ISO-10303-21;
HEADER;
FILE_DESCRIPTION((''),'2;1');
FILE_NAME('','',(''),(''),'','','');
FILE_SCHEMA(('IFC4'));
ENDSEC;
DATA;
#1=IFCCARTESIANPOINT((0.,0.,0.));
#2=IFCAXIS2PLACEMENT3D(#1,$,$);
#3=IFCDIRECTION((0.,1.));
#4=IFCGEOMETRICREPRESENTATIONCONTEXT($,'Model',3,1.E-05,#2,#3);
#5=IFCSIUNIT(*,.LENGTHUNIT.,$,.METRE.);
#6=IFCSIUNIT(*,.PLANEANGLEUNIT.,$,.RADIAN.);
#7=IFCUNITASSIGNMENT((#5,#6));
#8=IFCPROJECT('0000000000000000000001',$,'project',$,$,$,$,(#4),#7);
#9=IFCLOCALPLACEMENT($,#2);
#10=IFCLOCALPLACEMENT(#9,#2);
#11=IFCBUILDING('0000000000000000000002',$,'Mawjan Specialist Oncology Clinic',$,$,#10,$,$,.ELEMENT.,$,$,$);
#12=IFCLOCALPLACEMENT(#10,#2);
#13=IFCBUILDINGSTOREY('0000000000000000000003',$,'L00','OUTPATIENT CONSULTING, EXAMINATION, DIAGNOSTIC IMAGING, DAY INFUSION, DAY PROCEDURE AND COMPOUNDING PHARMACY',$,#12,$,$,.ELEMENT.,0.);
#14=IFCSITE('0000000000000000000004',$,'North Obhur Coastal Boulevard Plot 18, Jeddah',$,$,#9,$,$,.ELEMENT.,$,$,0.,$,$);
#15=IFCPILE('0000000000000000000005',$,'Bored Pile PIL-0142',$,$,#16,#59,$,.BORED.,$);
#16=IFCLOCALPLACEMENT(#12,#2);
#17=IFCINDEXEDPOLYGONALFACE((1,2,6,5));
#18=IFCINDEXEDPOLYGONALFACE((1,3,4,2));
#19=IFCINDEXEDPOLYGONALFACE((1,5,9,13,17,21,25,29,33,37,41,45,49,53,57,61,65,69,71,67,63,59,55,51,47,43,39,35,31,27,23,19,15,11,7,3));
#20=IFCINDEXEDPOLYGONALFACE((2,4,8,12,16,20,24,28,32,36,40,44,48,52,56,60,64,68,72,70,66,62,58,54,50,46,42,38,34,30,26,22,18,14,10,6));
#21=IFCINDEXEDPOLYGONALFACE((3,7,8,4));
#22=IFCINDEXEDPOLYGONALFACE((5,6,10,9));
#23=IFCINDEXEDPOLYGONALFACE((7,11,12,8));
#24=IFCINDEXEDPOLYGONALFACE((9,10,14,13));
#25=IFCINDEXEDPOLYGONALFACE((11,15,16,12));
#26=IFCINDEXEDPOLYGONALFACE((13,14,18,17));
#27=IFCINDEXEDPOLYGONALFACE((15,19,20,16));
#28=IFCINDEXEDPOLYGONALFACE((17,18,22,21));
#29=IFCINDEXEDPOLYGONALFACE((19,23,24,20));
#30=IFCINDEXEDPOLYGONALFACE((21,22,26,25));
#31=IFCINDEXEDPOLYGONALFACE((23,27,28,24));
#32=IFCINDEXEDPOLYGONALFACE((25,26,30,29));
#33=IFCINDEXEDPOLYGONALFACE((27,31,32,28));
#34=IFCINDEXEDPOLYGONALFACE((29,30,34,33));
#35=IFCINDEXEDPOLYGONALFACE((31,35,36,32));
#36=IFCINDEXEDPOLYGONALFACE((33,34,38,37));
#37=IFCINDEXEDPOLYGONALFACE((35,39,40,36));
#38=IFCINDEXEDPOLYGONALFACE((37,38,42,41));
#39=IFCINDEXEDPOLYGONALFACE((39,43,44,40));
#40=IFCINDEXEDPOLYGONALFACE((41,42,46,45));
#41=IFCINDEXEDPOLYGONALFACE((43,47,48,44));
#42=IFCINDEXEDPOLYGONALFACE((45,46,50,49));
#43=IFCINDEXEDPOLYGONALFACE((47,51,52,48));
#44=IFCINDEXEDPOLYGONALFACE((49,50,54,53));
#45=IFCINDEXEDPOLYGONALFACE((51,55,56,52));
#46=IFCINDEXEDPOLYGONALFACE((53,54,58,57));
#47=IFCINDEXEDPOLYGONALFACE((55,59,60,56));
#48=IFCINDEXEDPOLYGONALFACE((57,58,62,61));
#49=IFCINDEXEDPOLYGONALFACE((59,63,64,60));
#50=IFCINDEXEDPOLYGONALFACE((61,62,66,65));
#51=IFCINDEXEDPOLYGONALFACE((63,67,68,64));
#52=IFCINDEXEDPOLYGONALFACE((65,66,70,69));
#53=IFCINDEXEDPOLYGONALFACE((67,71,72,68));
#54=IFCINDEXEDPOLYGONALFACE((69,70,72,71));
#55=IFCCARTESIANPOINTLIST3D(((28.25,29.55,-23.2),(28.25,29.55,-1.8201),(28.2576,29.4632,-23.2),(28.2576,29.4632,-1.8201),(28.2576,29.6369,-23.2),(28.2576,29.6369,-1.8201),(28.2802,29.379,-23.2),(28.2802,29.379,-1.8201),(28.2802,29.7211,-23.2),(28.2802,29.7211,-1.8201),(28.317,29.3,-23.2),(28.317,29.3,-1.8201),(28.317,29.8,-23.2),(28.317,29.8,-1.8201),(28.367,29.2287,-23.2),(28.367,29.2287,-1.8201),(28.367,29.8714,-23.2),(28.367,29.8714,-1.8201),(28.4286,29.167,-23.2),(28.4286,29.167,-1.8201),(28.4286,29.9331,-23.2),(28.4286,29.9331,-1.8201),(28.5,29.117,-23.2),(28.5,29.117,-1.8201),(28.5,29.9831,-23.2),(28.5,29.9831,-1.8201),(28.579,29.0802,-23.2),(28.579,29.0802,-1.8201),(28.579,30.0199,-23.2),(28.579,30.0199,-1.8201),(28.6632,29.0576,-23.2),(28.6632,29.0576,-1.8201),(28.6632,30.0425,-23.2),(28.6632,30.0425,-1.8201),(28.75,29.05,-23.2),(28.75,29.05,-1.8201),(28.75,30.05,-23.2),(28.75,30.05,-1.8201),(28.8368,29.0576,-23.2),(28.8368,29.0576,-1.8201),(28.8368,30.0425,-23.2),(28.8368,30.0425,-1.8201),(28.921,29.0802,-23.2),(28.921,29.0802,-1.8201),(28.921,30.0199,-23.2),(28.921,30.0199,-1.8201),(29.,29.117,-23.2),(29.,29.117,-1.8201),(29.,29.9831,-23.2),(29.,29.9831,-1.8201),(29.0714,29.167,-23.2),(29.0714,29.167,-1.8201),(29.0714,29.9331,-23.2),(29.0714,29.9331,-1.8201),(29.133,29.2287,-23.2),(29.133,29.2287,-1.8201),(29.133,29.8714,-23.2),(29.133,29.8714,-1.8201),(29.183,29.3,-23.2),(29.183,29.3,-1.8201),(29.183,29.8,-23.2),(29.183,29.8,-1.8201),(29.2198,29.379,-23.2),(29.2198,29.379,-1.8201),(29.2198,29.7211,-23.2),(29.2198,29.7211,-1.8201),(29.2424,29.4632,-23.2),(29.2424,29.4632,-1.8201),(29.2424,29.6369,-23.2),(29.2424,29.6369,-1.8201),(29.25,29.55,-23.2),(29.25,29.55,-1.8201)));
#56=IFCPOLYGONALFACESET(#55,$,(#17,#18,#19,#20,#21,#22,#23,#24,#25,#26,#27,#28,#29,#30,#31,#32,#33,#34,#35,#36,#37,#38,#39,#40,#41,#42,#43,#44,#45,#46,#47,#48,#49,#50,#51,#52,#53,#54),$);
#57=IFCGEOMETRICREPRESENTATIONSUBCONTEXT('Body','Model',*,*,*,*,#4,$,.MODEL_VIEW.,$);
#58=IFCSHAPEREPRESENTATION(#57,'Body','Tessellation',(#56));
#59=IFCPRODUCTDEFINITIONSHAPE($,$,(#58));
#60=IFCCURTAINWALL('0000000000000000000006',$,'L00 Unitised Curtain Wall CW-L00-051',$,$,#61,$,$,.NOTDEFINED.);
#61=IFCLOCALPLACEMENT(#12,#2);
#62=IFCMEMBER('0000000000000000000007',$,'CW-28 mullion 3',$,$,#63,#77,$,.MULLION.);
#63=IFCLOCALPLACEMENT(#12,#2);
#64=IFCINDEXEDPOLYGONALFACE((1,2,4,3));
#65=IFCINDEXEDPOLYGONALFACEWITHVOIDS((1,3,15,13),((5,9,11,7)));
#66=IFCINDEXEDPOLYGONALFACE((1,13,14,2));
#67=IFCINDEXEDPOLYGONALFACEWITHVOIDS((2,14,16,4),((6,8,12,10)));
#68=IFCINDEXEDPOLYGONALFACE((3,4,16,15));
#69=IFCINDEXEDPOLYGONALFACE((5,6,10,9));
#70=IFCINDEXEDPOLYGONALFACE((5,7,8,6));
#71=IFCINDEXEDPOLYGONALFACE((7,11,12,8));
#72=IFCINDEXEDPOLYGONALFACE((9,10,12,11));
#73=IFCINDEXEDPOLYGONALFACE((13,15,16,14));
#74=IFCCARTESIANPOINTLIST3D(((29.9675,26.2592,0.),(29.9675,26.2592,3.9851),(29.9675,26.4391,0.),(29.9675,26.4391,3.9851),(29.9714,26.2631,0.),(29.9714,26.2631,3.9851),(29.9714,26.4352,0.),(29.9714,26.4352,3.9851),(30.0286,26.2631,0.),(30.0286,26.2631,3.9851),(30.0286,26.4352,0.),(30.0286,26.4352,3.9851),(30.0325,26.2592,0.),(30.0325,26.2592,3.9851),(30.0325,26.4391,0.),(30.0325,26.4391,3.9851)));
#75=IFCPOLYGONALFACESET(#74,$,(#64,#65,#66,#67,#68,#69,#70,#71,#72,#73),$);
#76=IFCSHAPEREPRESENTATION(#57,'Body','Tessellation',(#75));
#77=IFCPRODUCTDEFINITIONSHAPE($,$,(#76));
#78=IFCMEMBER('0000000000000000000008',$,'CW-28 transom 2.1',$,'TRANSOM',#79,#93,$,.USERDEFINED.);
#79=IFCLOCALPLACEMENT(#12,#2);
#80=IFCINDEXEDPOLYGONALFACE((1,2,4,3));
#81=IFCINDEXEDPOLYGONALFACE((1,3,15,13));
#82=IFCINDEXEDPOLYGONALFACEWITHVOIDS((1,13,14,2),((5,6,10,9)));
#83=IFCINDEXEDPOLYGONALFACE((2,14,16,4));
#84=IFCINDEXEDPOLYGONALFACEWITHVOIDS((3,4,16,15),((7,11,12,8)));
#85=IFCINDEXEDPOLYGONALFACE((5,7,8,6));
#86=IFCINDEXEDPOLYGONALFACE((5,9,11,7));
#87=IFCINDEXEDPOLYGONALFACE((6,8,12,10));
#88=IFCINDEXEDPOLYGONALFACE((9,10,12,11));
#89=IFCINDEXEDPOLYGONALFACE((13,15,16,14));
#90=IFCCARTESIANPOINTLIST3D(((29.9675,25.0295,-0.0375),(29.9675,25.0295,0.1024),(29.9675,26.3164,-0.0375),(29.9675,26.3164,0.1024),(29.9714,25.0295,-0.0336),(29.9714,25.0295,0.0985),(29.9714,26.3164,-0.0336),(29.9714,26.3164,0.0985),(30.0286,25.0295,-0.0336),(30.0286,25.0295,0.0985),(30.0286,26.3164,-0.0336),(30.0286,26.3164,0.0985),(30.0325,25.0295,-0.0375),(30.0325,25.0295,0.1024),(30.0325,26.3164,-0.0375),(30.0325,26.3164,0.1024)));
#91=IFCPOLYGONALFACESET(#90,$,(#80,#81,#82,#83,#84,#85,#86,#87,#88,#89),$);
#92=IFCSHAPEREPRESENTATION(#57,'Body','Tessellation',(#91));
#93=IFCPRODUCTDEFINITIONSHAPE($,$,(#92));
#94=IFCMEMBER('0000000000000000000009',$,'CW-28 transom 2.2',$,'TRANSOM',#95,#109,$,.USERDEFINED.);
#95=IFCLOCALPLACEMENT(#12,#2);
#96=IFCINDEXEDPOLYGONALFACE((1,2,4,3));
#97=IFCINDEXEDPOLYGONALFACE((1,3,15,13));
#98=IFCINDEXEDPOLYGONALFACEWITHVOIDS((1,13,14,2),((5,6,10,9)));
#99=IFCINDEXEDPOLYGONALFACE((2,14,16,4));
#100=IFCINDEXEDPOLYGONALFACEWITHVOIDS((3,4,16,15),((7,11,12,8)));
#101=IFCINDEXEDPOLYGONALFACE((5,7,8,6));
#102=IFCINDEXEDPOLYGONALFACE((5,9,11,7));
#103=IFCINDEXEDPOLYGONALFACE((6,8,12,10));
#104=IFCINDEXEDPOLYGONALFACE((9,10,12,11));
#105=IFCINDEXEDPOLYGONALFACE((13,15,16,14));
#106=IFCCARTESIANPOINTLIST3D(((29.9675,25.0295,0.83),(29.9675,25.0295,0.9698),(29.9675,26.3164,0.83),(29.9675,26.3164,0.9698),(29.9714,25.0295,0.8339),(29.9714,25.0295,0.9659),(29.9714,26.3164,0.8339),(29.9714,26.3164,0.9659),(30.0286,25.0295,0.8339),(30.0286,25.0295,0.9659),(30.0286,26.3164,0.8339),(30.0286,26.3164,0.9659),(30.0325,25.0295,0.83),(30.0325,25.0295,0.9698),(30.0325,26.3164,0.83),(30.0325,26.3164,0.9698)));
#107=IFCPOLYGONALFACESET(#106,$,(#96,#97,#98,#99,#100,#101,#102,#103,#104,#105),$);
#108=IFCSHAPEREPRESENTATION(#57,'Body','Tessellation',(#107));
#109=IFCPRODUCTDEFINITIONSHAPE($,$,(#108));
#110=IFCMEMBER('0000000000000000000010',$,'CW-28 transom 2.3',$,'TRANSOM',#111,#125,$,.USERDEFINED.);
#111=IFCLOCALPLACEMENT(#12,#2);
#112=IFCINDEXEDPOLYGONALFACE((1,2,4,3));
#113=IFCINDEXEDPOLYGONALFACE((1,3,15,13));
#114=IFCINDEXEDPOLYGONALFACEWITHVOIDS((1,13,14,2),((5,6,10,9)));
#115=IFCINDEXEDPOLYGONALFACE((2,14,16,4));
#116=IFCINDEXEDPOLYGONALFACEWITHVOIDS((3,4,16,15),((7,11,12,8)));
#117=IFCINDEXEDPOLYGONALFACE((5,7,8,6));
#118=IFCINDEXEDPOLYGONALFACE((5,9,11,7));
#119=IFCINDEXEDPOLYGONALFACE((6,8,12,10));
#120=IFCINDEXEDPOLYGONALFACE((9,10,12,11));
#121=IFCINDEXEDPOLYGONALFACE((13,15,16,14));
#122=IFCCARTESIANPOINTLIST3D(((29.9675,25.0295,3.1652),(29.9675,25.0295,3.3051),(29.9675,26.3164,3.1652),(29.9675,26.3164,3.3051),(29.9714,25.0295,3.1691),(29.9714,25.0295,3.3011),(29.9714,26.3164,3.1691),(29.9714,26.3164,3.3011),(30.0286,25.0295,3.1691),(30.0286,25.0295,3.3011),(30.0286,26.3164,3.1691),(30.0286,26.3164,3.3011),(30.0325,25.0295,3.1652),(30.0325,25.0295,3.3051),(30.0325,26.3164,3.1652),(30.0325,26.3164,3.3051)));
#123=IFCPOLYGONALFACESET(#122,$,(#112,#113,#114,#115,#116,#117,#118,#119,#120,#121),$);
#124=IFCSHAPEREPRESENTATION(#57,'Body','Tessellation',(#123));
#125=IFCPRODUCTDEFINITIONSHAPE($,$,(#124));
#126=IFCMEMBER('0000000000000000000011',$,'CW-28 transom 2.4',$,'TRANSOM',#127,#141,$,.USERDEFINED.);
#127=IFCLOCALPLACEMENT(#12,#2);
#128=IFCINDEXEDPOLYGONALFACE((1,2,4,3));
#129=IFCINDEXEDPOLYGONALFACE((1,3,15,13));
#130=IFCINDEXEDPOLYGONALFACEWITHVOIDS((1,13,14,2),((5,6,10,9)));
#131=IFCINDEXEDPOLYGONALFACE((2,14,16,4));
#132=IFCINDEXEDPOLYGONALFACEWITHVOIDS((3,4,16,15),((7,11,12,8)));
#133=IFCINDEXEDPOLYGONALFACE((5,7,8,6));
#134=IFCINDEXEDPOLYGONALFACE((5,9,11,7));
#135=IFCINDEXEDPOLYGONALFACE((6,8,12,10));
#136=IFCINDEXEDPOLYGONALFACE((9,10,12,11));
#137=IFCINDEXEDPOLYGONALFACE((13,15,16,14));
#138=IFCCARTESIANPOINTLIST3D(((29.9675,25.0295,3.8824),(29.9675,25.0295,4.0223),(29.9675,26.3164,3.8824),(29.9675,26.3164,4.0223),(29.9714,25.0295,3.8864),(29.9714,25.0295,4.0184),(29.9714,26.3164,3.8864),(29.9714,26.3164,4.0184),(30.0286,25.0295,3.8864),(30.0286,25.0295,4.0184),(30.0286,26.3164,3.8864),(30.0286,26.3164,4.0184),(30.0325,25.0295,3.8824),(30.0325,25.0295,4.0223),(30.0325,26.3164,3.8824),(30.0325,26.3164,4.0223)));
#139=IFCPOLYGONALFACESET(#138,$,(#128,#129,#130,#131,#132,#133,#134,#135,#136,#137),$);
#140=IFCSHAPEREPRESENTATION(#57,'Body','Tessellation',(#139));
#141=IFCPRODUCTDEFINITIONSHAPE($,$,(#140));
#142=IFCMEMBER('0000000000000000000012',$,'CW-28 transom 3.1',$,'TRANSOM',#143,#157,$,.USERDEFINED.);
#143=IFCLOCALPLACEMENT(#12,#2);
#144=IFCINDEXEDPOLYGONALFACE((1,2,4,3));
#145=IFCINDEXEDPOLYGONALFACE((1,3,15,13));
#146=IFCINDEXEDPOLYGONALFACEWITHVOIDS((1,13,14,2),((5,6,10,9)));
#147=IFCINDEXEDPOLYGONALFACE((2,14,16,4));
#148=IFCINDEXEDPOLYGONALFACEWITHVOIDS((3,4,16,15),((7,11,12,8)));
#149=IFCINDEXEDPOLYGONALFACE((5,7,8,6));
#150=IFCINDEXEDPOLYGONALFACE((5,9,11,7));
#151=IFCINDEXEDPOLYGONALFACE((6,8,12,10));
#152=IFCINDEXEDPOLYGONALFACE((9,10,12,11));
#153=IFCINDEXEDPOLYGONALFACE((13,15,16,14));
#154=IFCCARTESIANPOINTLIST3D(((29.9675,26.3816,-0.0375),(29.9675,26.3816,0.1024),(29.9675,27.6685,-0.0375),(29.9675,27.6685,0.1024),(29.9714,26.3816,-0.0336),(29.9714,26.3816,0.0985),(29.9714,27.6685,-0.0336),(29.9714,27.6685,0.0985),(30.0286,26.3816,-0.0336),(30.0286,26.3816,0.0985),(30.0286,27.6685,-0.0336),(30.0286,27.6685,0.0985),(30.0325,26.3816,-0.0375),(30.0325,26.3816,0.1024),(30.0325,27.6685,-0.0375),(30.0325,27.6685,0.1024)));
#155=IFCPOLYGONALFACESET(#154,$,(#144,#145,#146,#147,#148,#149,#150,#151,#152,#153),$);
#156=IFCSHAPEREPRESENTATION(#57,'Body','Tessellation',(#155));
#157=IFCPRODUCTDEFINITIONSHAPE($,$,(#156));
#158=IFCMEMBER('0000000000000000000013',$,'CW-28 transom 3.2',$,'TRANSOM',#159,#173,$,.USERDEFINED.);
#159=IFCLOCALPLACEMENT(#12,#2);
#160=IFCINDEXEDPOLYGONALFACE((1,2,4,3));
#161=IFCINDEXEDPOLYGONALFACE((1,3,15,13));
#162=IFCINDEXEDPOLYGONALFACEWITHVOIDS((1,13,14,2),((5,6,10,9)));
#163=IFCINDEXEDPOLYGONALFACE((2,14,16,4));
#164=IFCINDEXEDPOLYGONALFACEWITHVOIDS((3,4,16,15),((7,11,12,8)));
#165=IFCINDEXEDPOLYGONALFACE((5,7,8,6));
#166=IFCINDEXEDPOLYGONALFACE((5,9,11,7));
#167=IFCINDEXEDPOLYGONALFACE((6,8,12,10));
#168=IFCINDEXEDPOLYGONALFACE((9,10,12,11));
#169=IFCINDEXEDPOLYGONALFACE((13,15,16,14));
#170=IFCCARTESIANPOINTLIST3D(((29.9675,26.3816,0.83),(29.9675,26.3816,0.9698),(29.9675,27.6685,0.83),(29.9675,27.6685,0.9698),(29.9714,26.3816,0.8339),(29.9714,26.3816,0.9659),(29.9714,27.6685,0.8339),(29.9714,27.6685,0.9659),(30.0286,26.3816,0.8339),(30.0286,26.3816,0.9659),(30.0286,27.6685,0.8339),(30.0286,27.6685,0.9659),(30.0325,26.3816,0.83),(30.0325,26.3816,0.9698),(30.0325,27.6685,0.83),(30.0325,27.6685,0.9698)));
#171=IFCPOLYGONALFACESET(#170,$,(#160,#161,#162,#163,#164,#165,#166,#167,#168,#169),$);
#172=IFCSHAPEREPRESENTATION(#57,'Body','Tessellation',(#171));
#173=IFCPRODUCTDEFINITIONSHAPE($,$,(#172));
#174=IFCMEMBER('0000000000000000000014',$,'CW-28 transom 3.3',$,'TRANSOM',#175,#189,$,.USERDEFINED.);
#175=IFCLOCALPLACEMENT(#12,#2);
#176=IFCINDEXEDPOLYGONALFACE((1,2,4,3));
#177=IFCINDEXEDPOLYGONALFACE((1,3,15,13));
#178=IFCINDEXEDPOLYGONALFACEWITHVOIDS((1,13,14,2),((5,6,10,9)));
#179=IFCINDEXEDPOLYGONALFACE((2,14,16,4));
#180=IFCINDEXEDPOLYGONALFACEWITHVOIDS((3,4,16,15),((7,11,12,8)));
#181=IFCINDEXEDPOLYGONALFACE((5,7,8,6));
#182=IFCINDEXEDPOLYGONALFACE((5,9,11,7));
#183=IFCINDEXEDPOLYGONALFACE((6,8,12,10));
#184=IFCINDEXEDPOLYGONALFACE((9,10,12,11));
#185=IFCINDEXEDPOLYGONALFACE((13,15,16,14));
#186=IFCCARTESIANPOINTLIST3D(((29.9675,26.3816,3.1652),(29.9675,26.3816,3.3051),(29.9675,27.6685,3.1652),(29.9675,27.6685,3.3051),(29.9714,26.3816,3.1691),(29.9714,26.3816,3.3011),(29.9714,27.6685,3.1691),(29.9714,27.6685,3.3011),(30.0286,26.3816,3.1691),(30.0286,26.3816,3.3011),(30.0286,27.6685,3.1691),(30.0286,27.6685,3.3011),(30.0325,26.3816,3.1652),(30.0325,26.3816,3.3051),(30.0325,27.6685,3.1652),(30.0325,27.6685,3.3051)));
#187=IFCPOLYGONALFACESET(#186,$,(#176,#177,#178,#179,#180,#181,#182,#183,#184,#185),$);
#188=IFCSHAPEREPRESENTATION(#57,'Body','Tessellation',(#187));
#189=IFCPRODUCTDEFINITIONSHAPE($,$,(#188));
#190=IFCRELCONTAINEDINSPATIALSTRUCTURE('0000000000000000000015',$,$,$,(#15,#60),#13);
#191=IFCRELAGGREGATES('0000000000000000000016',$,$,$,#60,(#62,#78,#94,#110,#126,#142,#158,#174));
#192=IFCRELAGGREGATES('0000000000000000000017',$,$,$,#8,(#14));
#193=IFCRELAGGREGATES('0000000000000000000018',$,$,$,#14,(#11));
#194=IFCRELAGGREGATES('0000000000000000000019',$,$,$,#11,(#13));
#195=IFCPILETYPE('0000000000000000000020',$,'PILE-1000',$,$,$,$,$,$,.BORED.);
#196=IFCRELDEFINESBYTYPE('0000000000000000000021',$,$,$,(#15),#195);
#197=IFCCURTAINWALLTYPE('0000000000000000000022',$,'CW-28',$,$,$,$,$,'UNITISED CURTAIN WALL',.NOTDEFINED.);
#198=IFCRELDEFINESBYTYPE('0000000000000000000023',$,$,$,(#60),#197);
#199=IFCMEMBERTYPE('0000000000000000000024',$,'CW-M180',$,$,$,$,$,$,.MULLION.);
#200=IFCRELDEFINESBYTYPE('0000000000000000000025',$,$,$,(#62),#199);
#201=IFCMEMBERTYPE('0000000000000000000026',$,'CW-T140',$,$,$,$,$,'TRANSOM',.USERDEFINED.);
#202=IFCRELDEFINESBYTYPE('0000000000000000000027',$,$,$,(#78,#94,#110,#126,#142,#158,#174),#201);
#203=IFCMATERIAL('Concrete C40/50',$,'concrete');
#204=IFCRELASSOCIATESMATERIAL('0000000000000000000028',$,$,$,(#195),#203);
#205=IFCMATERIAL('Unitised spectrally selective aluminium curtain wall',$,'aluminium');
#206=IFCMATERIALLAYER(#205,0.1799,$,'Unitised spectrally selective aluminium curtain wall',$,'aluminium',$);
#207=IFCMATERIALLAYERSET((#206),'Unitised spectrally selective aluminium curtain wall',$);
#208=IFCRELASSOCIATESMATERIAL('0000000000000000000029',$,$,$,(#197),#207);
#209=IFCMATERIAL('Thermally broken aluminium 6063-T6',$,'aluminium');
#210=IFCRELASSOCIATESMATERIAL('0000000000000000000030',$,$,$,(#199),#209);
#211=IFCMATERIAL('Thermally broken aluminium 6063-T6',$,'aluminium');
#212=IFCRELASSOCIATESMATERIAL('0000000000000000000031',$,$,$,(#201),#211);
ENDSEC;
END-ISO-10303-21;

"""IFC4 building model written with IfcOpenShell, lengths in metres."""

from ifc_helpers import new_model, si_unit, direction, frame, origin, origin_2d, place, context, subcontext, project, spatial, hollow_rectangle, circle, extrude, material, layer, layer_set, material_profile, profile_set, type_object, element, aggregate, save


model = new_model("IFC4")

# Units and contexts
model_context = context("Model", 3, precision=1e-05, world=origin(), true_north=direction((0.0, 1.0)))
body_context = subcontext(model_context, "Body", "Model", "MODEL_VIEW")
ifc_project = project(units=[si_unit("LENGTHUNIT", "METRE"), si_unit("PLANEANGLEUNIT", "RADIAN")], contexts=[model_context])

# Site, building, storey
site_placement = place(None, origin())
site = spatial("IfcSite", under=ifc_project, at=site_placement, Name="North Obhur Coastal Boulevard Plot 18, Jeddah", CompositionType="ELEMENT", RefElevation=0.0)
building_placement = place(site_placement, origin())
building = spatial("IfcBuilding", under=site, at=building_placement, Name="Mawjan Specialist Oncology Clinic", CompositionType="ELEMENT")
storey_placement = place(building_placement, origin())
storey = spatial("IfcBuildingStorey", under=building, at=storey_placement, Name="L00", Description="OUTPATIENT CONSULTING, EXAMINATION, DIAGNOSTIC IMAGING, DAY INFUSION, DAY PROCEDURE AND COMPOUNDING PHARMACY", CompositionType="ELEMENT", Elevation=0.0)

# Pile
ifc_material_1 = material(Name="Concrete C40/50", Category="concrete")
ifc_material_profile_1 = material_profile(ifc_material_1, circle(Radius=0.5, at=origin_2d()), Name="BORED PILE D1000", Category="concrete")
ifc_profile_set_1 = profile_set([ifc_material_profile_1], Name="Concrete C40/50")
pile_type = type_object("IfcPileType", Name="PILE-1000", PredefinedType="BORED", material=ifc_profile_set_1)
pile_placement = place(storey_placement, frame((28.75, 29.55, -1.8201), z_axis=(0.0, 0.0, -1.0), x_axis=(1.0, 0.0, 0.0)))
element("IfcPile", 1, at=pile_placement, inside=storey, type_object=pile_type, Name="Bored Pile PIL-0142", PredefinedType="BORED", context=body_context, shape_type="SweptSolid", body=[
    extrude(circle(Radius=0.5, at=origin_2d()), origin(), (0.0, 0.0, 1.0), 21.3799),
])

# Curtain wall, members
ifc_material_2 = material(Name="Unitised spectrally selective aluminium curtain wall", Category="aluminium")
ifc_layer_1 = layer(ifc_material_2, 0.1799, Name="Unitised spectrally selective aluminium curtain wall", Category="aluminium")
ifc_layer_set_1 = layer_set([ifc_layer_1], Name="Unitised spectrally selective aluminium curtain wall")
curtain_wall_type_1 = type_object("IfcCurtainWallType", Name="CW-28", ElementType="UNITISED CURTAIN WALL", PredefinedType="NOTDEFINED", material=ifc_layer_set_1)
curtain_wall_1_placement = place(storey_placement, origin())
curtain_wall_1 = element("IfcCurtainWall", 2, at=curtain_wall_1_placement, inside=storey, type_object=curtain_wall_type_1, Name="L00 Unitised Curtain Wall CW-L00-051", PredefinedType="NOTDEFINED")
ifc_material_3 = material(Name="Thermally broken aluminium 6063-T6", Category="aluminium")
ifc_material_profile_2 = material_profile(ifc_material_3, hollow_rectangle(XDim=0.0649, YDim=0.1799, WallThickness=0.0039, at=origin_2d()), Name="ALU MULLION 180x65x4", Category="aluminium")
ifc_profile_set_2 = profile_set([ifc_material_profile_2], Name="Thermally broken aluminium 6063-T6")
member_type_1 = type_object("IfcMemberType", Name="CW-M180", PredefinedType="MULLION", material=ifc_profile_set_2)
member_1_placement = place(storey_placement, frame((30.0, 26.3491, 0.0), z_axis=(0.0, 0.0, 1.0), x_axis=(-1.0, 0.0, 0.0)))
member_1 = element("IfcMember", 3, at=member_1_placement, type_object=member_type_1, Name="CW-28 mullion 3", PredefinedType="MULLION", context=body_context, shape_type="SweptSolid", body=[
    extrude(hollow_rectangle(XDim=0.0649, YDim=0.1799, WallThickness=0.0039, at=origin_2d()), origin(), (0.0, 0.0, 1.0), 3.9851),
])
ifc_material_4 = material(Name="Thermally broken aluminium 6063-T6", Category="aluminium")
ifc_material_profile_3 = material_profile(ifc_material_4, hollow_rectangle(XDim=0.0649, YDim=0.1399, WallThickness=0.0039, at=origin_2d()), Name="ALU TRANSOM 140x65x4", Category="aluminium")
ifc_profile_set_3 = profile_set([ifc_material_profile_3], Name="Thermally broken aluminium 6063-T6")
member_type_2 = type_object("IfcMemberType", Name="CW-T140", ElementType="TRANSOM", PredefinedType="USERDEFINED", material=ifc_profile_set_3)
member_2_placement = place(storey_placement, frame((30.0, 25.0295, 0.0325), z_axis=(0.0, 1.0, 0.0), x_axis=(-1.0, 0.0, 0.0)))
member_2 = element("IfcMember", 4, at=member_2_placement, type_object=member_type_2, Name="CW-28 transom 2.1", ObjectType="TRANSOM", PredefinedType="USERDEFINED", context=body_context, shape_type="SweptSolid", body=[
    extrude(hollow_rectangle(XDim=0.0649, YDim=0.1399, WallThickness=0.0039, at=origin_2d()), origin(), (0.0, 0.0, 1.0), 1.2869),
])
member_3_placement = place(storey_placement, frame((30.0, 25.0295, 0.8999), z_axis=(0.0, 1.0, 0.0), x_axis=(-1.0, 0.0, 0.0)))
member_3 = element("IfcMember", 5, at=member_3_placement, type_object=member_type_2, Name="CW-28 transom 2.2", ObjectType="TRANSOM", PredefinedType="USERDEFINED", context=body_context, shape_type="SweptSolid", body=[
    extrude(hollow_rectangle(XDim=0.0649, YDim=0.1399, WallThickness=0.0039, at=origin_2d()), origin(), (0.0, 0.0, 1.0), 1.2869),
])
member_4_placement = place(storey_placement, frame((30.0, 25.0295, 3.2351), z_axis=(0.0, 1.0, 0.0), x_axis=(-1.0, 0.0, 0.0)))
member_4 = element("IfcMember", 6, at=member_4_placement, type_object=member_type_2, Name="CW-28 transom 2.3", ObjectType="TRANSOM", PredefinedType="USERDEFINED", context=body_context, shape_type="SweptSolid", body=[
    extrude(hollow_rectangle(XDim=0.0649, YDim=0.1399, WallThickness=0.0039, at=origin_2d()), origin(), (0.0, 0.0, 1.0), 1.2869),
])
member_5_placement = place(storey_placement, frame((30.0, 25.0295, 3.9524), z_axis=(0.0, 1.0, 0.0), x_axis=(-1.0, 0.0, 0.0)))
member_5 = element("IfcMember", 7, at=member_5_placement, type_object=member_type_2, Name="CW-28 transom 2.4", ObjectType="TRANSOM", PredefinedType="USERDEFINED", context=body_context, shape_type="SweptSolid", body=[
    extrude(hollow_rectangle(XDim=0.0649, YDim=0.1399, WallThickness=0.0039, at=origin_2d()), origin(), (0.0, 0.0, 1.0), 1.2869),
])
member_6_placement = place(storey_placement, frame((30.0, 26.3816, 0.0325), z_axis=(0.0, 1.0, 0.0), x_axis=(-1.0, 0.0, 0.0)))
member_6 = element("IfcMember", 8, at=member_6_placement, type_object=member_type_2, Name="CW-28 transom 3.1", ObjectType="TRANSOM", PredefinedType="USERDEFINED", context=body_context, shape_type="SweptSolid", body=[
    extrude(hollow_rectangle(XDim=0.0649, YDim=0.1399, WallThickness=0.0039, at=origin_2d()), origin(), (0.0, 0.0, 1.0), 1.2869),
])
member_7_placement = place(storey_placement, frame((30.0, 26.3816, 0.8999), z_axis=(0.0, 1.0, 0.0), x_axis=(-1.0, 0.0, 0.0)))
member_7 = element("IfcMember", 9, at=member_7_placement, type_object=member_type_2, Name="CW-28 transom 3.2", ObjectType="TRANSOM", PredefinedType="USERDEFINED", context=body_context, shape_type="SweptSolid", body=[
    extrude(hollow_rectangle(XDim=0.0649, YDim=0.1399, WallThickness=0.0039, at=origin_2d()), origin(), (0.0, 0.0, 1.0), 1.2869),
])
member_8_placement = place(storey_placement, frame((30.0, 26.3816, 3.2351), z_axis=(0.0, 1.0, 0.0), x_axis=(-1.0, 0.0, 0.0)))
member_8 = element("IfcMember", 10, at=member_8_placement, type_object=member_type_2, Name="CW-28 transom 3.3", ObjectType="TRANSOM", PredefinedType="USERDEFINED", context=body_context, shape_type="SweptSolid", body=[
    extrude(hollow_rectangle(XDim=0.0649, YDim=0.1399, WallThickness=0.0039, at=origin_2d()), origin(), (0.0, 0.0, 1.0), 1.2869),
])

aggregate(curtain_wall_1, [member_1, member_2, member_3, member_4, member_5, member_6, member_7, member_8])

save(model, "model.ifc")
